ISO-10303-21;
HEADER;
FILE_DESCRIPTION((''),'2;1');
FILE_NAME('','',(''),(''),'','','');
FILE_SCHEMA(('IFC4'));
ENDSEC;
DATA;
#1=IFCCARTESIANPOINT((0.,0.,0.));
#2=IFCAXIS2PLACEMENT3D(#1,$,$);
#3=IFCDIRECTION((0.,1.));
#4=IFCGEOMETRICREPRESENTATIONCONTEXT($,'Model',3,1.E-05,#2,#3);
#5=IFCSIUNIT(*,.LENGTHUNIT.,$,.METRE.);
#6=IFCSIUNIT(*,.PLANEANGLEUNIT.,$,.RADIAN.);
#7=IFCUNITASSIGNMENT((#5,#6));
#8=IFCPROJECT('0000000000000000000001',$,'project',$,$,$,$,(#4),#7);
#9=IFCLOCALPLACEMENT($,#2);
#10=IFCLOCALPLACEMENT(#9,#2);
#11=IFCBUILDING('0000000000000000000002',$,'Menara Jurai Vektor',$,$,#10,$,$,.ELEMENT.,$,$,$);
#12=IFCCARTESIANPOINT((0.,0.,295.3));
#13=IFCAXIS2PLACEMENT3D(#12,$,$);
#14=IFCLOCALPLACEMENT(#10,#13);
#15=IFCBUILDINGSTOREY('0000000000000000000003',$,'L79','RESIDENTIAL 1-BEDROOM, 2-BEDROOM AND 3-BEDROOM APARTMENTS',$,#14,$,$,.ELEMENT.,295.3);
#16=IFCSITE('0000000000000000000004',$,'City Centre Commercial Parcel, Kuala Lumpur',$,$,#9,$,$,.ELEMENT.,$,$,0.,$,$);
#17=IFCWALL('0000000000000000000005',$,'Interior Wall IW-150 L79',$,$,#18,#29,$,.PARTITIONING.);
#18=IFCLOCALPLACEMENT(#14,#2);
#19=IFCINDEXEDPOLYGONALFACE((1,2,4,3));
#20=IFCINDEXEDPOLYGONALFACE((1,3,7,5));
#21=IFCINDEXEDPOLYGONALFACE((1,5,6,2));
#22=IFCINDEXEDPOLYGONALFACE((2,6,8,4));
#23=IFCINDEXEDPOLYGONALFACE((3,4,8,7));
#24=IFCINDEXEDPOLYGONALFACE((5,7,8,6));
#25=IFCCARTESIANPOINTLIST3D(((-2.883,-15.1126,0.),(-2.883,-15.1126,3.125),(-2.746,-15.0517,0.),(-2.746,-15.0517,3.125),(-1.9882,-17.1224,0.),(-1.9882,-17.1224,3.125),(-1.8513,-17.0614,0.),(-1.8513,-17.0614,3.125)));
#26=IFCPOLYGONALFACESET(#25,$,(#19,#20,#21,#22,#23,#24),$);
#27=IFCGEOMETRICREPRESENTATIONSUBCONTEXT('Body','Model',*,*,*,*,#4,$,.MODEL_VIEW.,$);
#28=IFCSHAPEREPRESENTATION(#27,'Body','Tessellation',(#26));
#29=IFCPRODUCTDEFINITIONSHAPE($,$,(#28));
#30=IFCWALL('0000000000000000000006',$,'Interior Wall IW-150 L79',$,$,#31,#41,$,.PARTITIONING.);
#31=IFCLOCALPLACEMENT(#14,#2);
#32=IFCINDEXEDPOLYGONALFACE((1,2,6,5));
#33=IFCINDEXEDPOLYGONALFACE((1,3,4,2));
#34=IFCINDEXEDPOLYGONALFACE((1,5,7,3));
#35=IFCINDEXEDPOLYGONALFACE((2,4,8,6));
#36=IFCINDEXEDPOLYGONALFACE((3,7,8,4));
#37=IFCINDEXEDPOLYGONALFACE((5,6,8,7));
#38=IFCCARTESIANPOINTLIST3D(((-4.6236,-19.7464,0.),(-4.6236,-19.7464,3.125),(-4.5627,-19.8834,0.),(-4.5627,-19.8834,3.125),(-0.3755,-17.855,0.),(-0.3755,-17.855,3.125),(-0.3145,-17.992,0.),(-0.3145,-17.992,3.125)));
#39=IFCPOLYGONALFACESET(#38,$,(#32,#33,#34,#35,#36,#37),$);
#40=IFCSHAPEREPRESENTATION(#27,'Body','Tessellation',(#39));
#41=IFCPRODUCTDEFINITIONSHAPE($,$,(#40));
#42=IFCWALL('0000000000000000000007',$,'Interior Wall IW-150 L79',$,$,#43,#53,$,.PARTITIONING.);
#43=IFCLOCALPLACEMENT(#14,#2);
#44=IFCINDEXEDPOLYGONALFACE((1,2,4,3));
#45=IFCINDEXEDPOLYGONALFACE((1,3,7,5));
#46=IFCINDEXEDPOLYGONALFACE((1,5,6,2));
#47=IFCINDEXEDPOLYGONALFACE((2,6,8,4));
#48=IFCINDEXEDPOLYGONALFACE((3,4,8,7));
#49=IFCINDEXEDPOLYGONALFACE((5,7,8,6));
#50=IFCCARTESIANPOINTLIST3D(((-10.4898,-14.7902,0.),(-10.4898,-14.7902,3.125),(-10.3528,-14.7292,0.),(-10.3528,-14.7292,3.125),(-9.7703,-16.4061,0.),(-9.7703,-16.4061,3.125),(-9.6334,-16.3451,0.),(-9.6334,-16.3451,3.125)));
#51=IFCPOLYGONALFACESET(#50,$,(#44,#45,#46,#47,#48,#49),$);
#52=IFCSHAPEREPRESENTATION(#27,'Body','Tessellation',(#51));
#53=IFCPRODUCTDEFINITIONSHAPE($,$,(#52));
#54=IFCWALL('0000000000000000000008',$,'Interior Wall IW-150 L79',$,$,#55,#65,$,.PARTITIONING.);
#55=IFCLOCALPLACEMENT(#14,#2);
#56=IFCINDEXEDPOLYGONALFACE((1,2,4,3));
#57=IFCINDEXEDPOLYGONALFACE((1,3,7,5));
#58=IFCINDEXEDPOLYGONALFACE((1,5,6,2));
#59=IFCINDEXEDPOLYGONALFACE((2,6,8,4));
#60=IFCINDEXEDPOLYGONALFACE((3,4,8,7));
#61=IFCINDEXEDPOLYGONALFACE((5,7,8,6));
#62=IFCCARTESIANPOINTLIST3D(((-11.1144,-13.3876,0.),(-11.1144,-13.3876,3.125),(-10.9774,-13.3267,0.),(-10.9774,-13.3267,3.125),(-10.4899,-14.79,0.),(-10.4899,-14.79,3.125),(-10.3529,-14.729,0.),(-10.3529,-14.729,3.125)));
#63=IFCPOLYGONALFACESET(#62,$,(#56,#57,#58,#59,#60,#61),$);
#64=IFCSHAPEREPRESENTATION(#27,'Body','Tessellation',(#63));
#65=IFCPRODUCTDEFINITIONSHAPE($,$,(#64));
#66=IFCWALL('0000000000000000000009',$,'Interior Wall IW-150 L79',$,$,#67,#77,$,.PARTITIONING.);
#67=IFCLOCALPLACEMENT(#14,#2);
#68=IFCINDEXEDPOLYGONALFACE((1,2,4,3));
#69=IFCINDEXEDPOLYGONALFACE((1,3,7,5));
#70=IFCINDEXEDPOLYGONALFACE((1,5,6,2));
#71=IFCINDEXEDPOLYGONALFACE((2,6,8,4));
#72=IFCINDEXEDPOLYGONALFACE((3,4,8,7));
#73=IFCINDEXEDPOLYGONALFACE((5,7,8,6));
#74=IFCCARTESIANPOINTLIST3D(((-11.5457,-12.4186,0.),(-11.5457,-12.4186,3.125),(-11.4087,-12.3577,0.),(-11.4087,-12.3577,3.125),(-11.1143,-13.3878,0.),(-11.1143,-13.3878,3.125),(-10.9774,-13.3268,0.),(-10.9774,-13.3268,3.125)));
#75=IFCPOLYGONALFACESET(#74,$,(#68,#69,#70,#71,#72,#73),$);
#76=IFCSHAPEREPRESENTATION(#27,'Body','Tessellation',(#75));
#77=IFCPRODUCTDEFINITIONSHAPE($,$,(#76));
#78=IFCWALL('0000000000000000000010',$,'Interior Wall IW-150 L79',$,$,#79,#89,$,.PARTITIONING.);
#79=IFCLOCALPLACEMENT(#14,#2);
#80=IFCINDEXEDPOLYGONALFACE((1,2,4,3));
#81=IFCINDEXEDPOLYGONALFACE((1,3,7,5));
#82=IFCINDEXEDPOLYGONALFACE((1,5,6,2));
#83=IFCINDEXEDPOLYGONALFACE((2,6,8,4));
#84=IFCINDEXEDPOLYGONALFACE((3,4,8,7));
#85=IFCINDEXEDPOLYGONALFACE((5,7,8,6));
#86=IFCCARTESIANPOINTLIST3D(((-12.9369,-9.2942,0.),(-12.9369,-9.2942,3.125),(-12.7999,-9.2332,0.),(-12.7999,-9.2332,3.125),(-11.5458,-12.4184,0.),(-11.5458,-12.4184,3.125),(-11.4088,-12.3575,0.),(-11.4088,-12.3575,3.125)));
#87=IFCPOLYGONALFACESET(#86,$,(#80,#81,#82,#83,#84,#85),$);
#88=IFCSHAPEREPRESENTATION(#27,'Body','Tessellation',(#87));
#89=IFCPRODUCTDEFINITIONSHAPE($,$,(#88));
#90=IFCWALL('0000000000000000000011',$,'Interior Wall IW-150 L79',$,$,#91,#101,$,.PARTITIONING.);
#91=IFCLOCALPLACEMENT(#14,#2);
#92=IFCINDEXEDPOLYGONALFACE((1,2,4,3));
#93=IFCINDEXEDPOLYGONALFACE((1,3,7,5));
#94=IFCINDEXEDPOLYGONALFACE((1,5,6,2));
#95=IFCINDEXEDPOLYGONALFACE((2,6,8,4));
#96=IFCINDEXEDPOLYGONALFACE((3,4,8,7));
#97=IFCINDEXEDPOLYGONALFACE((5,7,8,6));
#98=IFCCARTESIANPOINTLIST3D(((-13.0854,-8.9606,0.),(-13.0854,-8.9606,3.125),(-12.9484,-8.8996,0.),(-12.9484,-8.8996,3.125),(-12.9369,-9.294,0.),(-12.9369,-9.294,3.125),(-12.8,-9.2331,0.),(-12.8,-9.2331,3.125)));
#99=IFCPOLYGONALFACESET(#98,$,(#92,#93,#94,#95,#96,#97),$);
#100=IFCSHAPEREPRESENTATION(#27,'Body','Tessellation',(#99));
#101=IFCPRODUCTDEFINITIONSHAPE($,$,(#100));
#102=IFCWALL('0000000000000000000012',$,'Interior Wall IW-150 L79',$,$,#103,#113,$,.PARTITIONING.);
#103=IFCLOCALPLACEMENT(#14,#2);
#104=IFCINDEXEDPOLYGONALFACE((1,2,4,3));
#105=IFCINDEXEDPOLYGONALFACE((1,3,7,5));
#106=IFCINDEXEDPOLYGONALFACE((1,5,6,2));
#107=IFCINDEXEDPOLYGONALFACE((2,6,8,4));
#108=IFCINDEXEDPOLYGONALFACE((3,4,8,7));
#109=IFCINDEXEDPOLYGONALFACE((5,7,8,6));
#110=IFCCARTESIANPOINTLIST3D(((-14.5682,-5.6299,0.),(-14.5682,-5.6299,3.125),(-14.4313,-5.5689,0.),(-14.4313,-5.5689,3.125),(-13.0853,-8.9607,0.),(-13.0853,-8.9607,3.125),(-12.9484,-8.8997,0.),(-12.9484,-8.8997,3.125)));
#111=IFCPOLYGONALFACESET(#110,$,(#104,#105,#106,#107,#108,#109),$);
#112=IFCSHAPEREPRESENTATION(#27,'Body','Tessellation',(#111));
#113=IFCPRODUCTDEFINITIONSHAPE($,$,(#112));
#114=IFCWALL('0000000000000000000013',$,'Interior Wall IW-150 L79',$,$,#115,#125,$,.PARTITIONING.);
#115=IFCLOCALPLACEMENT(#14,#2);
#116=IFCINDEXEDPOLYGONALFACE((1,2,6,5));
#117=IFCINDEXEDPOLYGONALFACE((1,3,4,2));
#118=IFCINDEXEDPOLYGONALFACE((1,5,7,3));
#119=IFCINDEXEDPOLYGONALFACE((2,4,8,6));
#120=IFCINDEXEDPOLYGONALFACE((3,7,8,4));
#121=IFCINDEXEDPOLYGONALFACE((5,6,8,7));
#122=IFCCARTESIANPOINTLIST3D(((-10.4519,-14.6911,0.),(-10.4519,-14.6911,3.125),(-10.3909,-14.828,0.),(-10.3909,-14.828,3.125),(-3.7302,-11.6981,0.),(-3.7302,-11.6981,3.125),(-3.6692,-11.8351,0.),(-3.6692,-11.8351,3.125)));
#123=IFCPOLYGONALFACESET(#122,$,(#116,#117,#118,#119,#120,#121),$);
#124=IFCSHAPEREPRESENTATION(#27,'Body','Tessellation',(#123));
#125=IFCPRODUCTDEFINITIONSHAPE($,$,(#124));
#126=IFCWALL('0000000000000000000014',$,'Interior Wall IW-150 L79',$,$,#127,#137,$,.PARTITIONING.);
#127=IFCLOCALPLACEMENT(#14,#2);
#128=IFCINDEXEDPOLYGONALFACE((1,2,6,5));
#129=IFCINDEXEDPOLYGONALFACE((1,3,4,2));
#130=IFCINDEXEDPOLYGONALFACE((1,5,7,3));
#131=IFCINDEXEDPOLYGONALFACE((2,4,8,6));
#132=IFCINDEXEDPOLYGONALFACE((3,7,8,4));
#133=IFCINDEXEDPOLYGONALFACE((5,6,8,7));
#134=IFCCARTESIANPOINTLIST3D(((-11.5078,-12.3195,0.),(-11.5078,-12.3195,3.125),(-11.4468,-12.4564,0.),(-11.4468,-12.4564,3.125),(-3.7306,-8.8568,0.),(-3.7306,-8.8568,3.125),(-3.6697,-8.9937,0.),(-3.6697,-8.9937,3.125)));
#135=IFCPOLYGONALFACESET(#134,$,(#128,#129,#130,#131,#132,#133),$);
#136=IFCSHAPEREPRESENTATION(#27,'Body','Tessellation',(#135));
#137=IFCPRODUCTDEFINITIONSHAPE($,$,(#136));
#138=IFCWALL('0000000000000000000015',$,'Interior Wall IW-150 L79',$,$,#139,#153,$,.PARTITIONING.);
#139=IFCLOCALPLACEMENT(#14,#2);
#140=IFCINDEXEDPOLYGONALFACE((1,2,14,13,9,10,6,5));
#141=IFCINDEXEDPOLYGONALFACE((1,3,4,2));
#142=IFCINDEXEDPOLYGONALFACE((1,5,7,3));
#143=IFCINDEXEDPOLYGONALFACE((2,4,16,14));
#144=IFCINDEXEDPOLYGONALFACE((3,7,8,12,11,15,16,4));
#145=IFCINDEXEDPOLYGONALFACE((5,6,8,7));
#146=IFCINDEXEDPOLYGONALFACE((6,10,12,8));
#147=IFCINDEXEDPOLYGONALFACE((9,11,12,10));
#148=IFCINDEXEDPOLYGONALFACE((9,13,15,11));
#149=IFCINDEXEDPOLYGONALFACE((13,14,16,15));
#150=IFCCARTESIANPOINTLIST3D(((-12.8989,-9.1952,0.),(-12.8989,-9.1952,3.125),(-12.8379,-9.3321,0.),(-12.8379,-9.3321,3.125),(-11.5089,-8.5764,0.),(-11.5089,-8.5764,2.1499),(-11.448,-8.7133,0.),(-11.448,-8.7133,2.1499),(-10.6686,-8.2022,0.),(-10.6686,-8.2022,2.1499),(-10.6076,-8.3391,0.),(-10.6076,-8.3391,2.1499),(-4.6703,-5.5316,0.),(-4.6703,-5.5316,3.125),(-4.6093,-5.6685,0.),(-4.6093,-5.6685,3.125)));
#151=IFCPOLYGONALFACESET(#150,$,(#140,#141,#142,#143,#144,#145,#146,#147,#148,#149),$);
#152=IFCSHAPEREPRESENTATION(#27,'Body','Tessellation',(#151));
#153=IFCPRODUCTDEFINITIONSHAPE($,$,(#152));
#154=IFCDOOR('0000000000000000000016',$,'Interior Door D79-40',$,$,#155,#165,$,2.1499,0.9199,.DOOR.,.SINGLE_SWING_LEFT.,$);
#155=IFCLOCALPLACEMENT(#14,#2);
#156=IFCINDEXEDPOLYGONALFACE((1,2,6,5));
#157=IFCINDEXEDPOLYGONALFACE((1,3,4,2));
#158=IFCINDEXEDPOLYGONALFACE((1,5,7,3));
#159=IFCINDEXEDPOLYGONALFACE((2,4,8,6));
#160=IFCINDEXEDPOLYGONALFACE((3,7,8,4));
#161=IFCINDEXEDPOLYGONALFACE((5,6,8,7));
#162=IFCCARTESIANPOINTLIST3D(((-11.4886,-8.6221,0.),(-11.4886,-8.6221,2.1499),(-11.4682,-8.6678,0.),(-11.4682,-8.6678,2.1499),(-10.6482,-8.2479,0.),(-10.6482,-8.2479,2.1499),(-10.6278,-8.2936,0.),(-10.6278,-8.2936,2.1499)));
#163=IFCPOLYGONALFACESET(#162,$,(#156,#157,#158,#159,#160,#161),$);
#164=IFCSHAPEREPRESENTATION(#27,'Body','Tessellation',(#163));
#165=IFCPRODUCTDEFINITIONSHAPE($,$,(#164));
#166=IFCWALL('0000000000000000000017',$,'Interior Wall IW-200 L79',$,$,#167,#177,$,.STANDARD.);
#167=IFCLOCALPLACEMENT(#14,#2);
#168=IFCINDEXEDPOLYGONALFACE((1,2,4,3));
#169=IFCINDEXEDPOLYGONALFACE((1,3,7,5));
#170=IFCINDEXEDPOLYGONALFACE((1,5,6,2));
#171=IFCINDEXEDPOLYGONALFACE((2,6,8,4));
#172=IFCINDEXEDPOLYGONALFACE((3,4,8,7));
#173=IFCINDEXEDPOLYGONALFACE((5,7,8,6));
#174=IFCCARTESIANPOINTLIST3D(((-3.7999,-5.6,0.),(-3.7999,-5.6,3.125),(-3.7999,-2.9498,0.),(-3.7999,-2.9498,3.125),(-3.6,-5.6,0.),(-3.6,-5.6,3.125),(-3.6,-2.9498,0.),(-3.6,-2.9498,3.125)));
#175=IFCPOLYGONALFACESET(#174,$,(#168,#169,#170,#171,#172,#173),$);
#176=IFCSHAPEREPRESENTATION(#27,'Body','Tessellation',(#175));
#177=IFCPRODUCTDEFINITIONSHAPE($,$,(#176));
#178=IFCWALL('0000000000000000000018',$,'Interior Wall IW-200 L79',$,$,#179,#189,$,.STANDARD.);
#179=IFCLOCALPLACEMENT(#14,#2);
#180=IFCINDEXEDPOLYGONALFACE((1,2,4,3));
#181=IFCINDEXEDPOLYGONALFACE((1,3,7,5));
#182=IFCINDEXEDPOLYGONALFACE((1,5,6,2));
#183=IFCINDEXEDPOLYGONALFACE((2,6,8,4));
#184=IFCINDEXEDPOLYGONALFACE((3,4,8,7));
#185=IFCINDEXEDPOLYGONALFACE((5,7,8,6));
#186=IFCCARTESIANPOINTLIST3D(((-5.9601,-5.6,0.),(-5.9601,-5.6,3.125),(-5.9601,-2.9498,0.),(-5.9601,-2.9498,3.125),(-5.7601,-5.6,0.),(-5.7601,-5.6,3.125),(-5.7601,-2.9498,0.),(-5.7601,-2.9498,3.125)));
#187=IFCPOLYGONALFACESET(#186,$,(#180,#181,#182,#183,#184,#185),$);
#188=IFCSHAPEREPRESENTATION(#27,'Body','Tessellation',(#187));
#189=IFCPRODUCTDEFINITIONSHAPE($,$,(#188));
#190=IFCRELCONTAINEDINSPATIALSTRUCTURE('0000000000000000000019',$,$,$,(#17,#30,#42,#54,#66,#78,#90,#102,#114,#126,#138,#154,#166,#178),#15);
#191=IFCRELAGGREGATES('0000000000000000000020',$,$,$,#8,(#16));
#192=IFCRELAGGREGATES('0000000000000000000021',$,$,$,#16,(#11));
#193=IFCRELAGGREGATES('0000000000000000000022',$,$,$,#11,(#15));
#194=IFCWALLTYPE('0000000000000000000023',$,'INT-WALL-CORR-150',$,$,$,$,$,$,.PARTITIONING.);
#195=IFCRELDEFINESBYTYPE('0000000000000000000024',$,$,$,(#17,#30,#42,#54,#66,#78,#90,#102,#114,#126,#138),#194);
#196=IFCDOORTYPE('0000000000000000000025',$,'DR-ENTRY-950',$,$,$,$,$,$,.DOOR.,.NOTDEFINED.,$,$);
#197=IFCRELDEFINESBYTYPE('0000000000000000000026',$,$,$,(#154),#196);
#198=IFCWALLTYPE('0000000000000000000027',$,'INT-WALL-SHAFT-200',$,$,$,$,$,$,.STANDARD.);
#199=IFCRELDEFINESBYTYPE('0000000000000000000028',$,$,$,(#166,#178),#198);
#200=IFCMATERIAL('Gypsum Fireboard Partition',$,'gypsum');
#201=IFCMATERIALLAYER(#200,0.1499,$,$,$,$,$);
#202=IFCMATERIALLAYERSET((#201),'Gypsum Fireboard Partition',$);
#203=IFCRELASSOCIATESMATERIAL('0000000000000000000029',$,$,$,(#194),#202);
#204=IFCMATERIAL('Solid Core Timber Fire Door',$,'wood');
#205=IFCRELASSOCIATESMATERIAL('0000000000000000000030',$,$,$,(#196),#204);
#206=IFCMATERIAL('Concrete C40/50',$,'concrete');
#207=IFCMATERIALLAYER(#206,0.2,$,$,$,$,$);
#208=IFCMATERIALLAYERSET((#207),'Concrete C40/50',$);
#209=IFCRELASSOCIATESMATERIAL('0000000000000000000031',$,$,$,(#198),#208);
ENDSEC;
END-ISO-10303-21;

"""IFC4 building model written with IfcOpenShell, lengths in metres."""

from ifc_helpers import new_model, si_unit, direction, frame, frame_2d, origin, place, context, subcontext, project, spatial, rectangle, extrude, material, layer, layer_set, type_object, element, fill, save


model = new_model("IFC4")

# Units and contexts
model_context = context("Model", 3, precision=1e-05, world=origin(), true_north=direction((0.0, 1.0)))
body_context = subcontext(model_context, "Body", "Model", "MODEL_VIEW")
ifc_project = project(units=[si_unit("LENGTHUNIT", "METRE"), si_unit("PLANEANGLEUNIT", "RADIAN")], contexts=[model_context])

# Site, building, storey
site_placement = place(None, origin())
site = spatial("IfcSite", under=ifc_project, at=site_placement, Name="City Centre Commercial Parcel, Kuala Lumpur", CompositionType="ELEMENT", RefElevation=0.0)
building_placement = place(site_placement, origin())
building = spatial("IfcBuilding", under=site, at=building_placement, Name="Menara Jurai Vektor", CompositionType="ELEMENT")
storey_placement = place(building_placement, frame((0.0, 0.0, 295.3)))
storey = spatial("IfcBuildingStorey", under=building, at=storey_placement, Name="L79", Description="RESIDENTIAL 1-BEDROOM, 2-BEDROOM AND 3-BEDROOM APARTMENTS", CompositionType="ELEMENT", Elevation=295.3)

# Shared definitions
ifc_material_1 = material(Name="Gypsum Fireboard Partition", Category="gypsum")
ifc_layer_1 = layer(ifc_material_1, 0.1499)
ifc_layer_set_1 = layer_set([ifc_layer_1], Name="Gypsum Fireboard Partition")
wall_type_1 = type_object("IfcWallType", Name="INT-WALL-CORR-150", PredefinedType="PARTITIONING", material=ifc_layer_set_1)

# Shared definitions
ifc_material_2 = material(Name="Solid Core Timber Fire Door", Category="wood")
door_type_1 = type_object("IfcDoorType", Name="DR-ENTRY-950", OperationType="NOTDEFINED", PredefinedType="DOOR", material=ifc_material_2)

# Wall
wall_1_placement = place(storey_placement, frame((-1.9197, -17.092, 0.0), z_axis=(0.0, 0.0, 1.0), x_axis=(-0.406725, 0.913551, 0.0)))
element("IfcWall", 1, at=wall_1_placement, inside=storey, type_object=wall_type_1, Name="Interior Wall IW-150 L79", PredefinedType="PARTITIONING", context=body_context, shape_type="SweptSolid", body=[
    extrude(rectangle(XDim=2.2, YDim=0.1499, at=frame_2d((1.1001, 0.0))), origin(), (0.0, 0.0, 1.0), 3.125),
])

# Walls
wall_2_placement = place(storey_placement, frame((-4.5933, -19.8149, 0.0), z_axis=(0.0, 0.0, 1.0), x_axis=(0.913545, 0.406738, 0.0)))
element("IfcWall", 2, at=wall_2_placement, inside=storey, type_object=wall_type_1, Name="Interior Wall IW-150 L79", PredefinedType="PARTITIONING", context=body_context, shape_type="SweptSolid", body=[
    extrude(rectangle(XDim=4.6501, YDim=0.1499, at=frame_2d((2.3252, 0.0))), origin(), (0.0, 0.0, 1.0), 3.125),
])
wall_3_placement = place(storey_placement, frame((-9.7019, -16.3755, 0.0), z_axis=(0.0, 0.0, 1.0), x_axis=(-0.40674, 0.913544, 0.0)))
element("IfcWall", 3, at=wall_3_placement, inside=storey, type_object=wall_type_1, Name="Interior Wall IW-150 L79", PredefinedType="PARTITIONING", context=body_context, shape_type="SweptSolid", body=[
    extrude(rectangle(XDim=1.7688, YDim=0.1499, at=frame_2d((0.8843, 0.0))), origin(), (0.0, 0.0, 1.0), 3.125),
])
wall_4_placement = place(storey_placement, frame((-10.4214, -14.7595, 0.0), z_axis=(0.0, 0.0, 1.0), x_axis=(-0.406817, 0.91351, 0.0)))
element("IfcWall", 4, at=wall_4_placement, inside=storey, type_object=wall_type_1, Name="Interior Wall IW-150 L79", PredefinedType="PARTITIONING", context=body_context, shape_type="SweptSolid", body=[
    extrude(rectangle(XDim=1.5352, YDim=0.1499, at=frame_2d((0.7676, 0.0))), origin(), (0.0, 0.0, 1.0), 3.125),
])
wall_5_placement = place(storey_placement, frame((-11.0459, -13.3572, 0.0), z_axis=(0.0, 0.0, 1.0), x_axis=(-0.406629, 0.913593, 0.0)))
element("IfcWall", 5, at=wall_5_placement, inside=storey, type_object=wall_type_1, Name="Interior Wall IW-150 L79", PredefinedType="PARTITIONING", context=body_context, shape_type="SweptSolid", body=[
    extrude(rectangle(XDim=1.0608, YDim=0.1499, at=frame_2d((0.5303, 0.0))), origin(), (0.0, 0.0, 1.0), 3.125),
])
wall_6_placement = place(storey_placement, frame((-11.4773, -12.3879, 0.0), z_axis=(0.0, 0.0, 1.0), x_axis=(-0.406761, 0.913535, 0.0)))
element("IfcWall", 6, at=wall_6_placement, inside=storey, type_object=wall_type_1, Name="Interior Wall IW-150 L79", PredefinedType="PARTITIONING", context=body_context, shape_type="SweptSolid", body=[
    extrude(rectangle(XDim=3.4199, YDim=0.1499, at=frame_2d((1.71, 0.0))), origin(), (0.0, 0.0, 1.0), 3.125),
])
wall_7_placement = place(storey_placement, frame((-12.8684, -9.2637, 0.0), z_axis=(0.0, 0.0, 1.0), x_axis=(-0.406635, 0.913591, 0.0)))
element("IfcWall", 7, at=wall_7_placement, inside=storey, type_object=wall_type_1, Name="Interior Wall IW-150 L79", PredefinedType="PARTITIONING", context=body_context, shape_type="SweptSolid", body=[
    extrude(rectangle(XDim=0.365, YDim=0.1499, at=frame_2d((0.1826, 0.0))), origin(), (0.0, 0.0, 1.0), 3.125),
])
wall_8_placement = place(storey_placement, frame((-13.0168, -8.9302, 0.0), z_axis=(0.0, 0.0, 1.0), x_axis=(-0.406722, 0.913552, 0.0)))
element("IfcWall", 8, at=wall_8_placement, inside=storey, type_object=wall_type_1, Name="Interior Wall IW-150 L79", PredefinedType="PARTITIONING", context=body_context, shape_type="SweptSolid", body=[
    extrude(rectangle(XDim=3.646, YDim=0.1499, at=frame_2d((1.823, 0.0))), origin(), (0.0, 0.0, 1.0), 3.125),
])
wall_9_placement = place(storey_placement, frame((-10.4214, -14.7595, 0.0), z_axis=(0.0, 0.0, 1.0), x_axis=(0.913534, 0.406763, 0.0)))
element("IfcWall", 9, at=wall_9_placement, inside=storey, type_object=wall_type_1, Name="Interior Wall IW-150 L79", PredefinedType="PARTITIONING", context=body_context, shape_type="SweptSolid", body=[
    extrude(rectangle(XDim=7.3579, YDim=0.1499, at=frame_2d((3.679, 0.0))), origin(), (0.0, 0.0, 1.0), 3.125),
])
wall_10_placement = place(storey_placement, frame((-11.4773, -12.3879, 0.0), z_axis=(0.0, 0.0, 1.0), x_axis=(0.913543, 0.406742, 0.0)))
element("IfcWall", 10, at=wall_10_placement, inside=storey, type_object=wall_type_1, Name="Interior Wall IW-150 L79", PredefinedType="PARTITIONING", context=body_context, shape_type="SweptSolid", body=[
    extrude(rectangle(XDim=8.5132, YDim=0.1499, at=frame_2d((4.2566, 0.0))), origin(), (0.0, 0.0, 1.0), 3.125),
])

# Wall, opening, door
wall_11_placement = place(storey_placement, frame((-12.8684, -9.2637, 0.0), z_axis=(0.0, 0.0, 1.0), x_axis=(0.913545, 0.406737, 0.0)))
wall_11 = element("IfcWall", 11, at=wall_11_placement, inside=storey, type_object=wall_type_1, Name="Interior Wall IW-150 L79", PredefinedType="PARTITIONING", context=body_context, shape_type="SweptSolid", body=[
    extrude(rectangle(XDim=9.0073, YDim=0.1499, at=frame_2d((4.5037, 0.0))), origin(), (0.0, 0.0, 1.0), 3.125),
])
opening_1_placement = place(wall_11_placement, frame((1.5215, 0.0, 0.0)))
opening_1 = element("IfcOpeningElement", 12, at=opening_1_placement, cuts=wall_11, PredefinedType="OPENING", context=body_context, shape_type="SweptSolid", body=[
    extrude(rectangle(XDim=0.9199, YDim=2.1499, at=frame_2d((0.46, 1.075))), frame((0.0, 0.085, 0.0), z_axis=(0.0, -1.0, 0.0), x_axis=(1.0, 0.0, 0.0)), (0.0, 0.0, 1.0), 0.1699),
])
door_1_placement = place(opening_1_placement, origin())
door_1 = element("IfcDoor", 13, at=door_1_placement, inside=storey, type_object=door_type_1, Name="Interior Door D79-40", OperationType="SINGLE_SWING_LEFT", OverallHeight=2.1499, OverallWidth=0.9199, PredefinedType="DOOR", context=body_context, shape_type="SweptSolid", body=[
    extrude(rectangle(XDim=0.9199, YDim=2.1499, at=frame_2d((0.46, 1.075))), frame((0.0, 0.0249, 0.0), z_axis=(0.0, -1.0, 0.0), x_axis=(1.0, 0.0, 0.0)), (0.0, 0.0, 1.0), 0.05),
])
fill(opening_1, door_1)

# Walls
ifc_material_3 = material(Name="Concrete C40/50", Category="concrete")
ifc_layer_2 = layer(ifc_material_3, 0.2)
ifc_layer_set_2 = layer_set([ifc_layer_2], Name="Concrete C40/50")
wall_type_2 = type_object("IfcWallType", Name="INT-WALL-SHAFT-200", PredefinedType="STANDARD", material=ifc_layer_set_2)
for number, where, z_axis, x_axis, name in (
    (14, (-3.7, -5.6001, 0.0), (0.0, 0.0, 1.0), (0.0, 1.0, 0.0), "Interior Wall IW-200 L79"),
    (15, (-5.8601, -5.6001, 0.0), (0.0, 0.0, 1.0), (0.0, 1.0, 0.0), "Interior Wall IW-200 L79"),
):
    element("IfcWall", number, at=place(storey_placement, frame(where, z_axis=z_axis, x_axis=x_axis)), inside=storey, type_object=wall_type_2, Name=name, PredefinedType="STANDARD", context=body_context, shape_type="SweptSolid", body=[
        extrude(rectangle(XDim=2.6501, YDim=0.2, at=frame_2d((1.3252, 0.0))), origin(), (0.0, 0.0, 1.0), 3.125),
    ])

save(model, "model.ifc")
